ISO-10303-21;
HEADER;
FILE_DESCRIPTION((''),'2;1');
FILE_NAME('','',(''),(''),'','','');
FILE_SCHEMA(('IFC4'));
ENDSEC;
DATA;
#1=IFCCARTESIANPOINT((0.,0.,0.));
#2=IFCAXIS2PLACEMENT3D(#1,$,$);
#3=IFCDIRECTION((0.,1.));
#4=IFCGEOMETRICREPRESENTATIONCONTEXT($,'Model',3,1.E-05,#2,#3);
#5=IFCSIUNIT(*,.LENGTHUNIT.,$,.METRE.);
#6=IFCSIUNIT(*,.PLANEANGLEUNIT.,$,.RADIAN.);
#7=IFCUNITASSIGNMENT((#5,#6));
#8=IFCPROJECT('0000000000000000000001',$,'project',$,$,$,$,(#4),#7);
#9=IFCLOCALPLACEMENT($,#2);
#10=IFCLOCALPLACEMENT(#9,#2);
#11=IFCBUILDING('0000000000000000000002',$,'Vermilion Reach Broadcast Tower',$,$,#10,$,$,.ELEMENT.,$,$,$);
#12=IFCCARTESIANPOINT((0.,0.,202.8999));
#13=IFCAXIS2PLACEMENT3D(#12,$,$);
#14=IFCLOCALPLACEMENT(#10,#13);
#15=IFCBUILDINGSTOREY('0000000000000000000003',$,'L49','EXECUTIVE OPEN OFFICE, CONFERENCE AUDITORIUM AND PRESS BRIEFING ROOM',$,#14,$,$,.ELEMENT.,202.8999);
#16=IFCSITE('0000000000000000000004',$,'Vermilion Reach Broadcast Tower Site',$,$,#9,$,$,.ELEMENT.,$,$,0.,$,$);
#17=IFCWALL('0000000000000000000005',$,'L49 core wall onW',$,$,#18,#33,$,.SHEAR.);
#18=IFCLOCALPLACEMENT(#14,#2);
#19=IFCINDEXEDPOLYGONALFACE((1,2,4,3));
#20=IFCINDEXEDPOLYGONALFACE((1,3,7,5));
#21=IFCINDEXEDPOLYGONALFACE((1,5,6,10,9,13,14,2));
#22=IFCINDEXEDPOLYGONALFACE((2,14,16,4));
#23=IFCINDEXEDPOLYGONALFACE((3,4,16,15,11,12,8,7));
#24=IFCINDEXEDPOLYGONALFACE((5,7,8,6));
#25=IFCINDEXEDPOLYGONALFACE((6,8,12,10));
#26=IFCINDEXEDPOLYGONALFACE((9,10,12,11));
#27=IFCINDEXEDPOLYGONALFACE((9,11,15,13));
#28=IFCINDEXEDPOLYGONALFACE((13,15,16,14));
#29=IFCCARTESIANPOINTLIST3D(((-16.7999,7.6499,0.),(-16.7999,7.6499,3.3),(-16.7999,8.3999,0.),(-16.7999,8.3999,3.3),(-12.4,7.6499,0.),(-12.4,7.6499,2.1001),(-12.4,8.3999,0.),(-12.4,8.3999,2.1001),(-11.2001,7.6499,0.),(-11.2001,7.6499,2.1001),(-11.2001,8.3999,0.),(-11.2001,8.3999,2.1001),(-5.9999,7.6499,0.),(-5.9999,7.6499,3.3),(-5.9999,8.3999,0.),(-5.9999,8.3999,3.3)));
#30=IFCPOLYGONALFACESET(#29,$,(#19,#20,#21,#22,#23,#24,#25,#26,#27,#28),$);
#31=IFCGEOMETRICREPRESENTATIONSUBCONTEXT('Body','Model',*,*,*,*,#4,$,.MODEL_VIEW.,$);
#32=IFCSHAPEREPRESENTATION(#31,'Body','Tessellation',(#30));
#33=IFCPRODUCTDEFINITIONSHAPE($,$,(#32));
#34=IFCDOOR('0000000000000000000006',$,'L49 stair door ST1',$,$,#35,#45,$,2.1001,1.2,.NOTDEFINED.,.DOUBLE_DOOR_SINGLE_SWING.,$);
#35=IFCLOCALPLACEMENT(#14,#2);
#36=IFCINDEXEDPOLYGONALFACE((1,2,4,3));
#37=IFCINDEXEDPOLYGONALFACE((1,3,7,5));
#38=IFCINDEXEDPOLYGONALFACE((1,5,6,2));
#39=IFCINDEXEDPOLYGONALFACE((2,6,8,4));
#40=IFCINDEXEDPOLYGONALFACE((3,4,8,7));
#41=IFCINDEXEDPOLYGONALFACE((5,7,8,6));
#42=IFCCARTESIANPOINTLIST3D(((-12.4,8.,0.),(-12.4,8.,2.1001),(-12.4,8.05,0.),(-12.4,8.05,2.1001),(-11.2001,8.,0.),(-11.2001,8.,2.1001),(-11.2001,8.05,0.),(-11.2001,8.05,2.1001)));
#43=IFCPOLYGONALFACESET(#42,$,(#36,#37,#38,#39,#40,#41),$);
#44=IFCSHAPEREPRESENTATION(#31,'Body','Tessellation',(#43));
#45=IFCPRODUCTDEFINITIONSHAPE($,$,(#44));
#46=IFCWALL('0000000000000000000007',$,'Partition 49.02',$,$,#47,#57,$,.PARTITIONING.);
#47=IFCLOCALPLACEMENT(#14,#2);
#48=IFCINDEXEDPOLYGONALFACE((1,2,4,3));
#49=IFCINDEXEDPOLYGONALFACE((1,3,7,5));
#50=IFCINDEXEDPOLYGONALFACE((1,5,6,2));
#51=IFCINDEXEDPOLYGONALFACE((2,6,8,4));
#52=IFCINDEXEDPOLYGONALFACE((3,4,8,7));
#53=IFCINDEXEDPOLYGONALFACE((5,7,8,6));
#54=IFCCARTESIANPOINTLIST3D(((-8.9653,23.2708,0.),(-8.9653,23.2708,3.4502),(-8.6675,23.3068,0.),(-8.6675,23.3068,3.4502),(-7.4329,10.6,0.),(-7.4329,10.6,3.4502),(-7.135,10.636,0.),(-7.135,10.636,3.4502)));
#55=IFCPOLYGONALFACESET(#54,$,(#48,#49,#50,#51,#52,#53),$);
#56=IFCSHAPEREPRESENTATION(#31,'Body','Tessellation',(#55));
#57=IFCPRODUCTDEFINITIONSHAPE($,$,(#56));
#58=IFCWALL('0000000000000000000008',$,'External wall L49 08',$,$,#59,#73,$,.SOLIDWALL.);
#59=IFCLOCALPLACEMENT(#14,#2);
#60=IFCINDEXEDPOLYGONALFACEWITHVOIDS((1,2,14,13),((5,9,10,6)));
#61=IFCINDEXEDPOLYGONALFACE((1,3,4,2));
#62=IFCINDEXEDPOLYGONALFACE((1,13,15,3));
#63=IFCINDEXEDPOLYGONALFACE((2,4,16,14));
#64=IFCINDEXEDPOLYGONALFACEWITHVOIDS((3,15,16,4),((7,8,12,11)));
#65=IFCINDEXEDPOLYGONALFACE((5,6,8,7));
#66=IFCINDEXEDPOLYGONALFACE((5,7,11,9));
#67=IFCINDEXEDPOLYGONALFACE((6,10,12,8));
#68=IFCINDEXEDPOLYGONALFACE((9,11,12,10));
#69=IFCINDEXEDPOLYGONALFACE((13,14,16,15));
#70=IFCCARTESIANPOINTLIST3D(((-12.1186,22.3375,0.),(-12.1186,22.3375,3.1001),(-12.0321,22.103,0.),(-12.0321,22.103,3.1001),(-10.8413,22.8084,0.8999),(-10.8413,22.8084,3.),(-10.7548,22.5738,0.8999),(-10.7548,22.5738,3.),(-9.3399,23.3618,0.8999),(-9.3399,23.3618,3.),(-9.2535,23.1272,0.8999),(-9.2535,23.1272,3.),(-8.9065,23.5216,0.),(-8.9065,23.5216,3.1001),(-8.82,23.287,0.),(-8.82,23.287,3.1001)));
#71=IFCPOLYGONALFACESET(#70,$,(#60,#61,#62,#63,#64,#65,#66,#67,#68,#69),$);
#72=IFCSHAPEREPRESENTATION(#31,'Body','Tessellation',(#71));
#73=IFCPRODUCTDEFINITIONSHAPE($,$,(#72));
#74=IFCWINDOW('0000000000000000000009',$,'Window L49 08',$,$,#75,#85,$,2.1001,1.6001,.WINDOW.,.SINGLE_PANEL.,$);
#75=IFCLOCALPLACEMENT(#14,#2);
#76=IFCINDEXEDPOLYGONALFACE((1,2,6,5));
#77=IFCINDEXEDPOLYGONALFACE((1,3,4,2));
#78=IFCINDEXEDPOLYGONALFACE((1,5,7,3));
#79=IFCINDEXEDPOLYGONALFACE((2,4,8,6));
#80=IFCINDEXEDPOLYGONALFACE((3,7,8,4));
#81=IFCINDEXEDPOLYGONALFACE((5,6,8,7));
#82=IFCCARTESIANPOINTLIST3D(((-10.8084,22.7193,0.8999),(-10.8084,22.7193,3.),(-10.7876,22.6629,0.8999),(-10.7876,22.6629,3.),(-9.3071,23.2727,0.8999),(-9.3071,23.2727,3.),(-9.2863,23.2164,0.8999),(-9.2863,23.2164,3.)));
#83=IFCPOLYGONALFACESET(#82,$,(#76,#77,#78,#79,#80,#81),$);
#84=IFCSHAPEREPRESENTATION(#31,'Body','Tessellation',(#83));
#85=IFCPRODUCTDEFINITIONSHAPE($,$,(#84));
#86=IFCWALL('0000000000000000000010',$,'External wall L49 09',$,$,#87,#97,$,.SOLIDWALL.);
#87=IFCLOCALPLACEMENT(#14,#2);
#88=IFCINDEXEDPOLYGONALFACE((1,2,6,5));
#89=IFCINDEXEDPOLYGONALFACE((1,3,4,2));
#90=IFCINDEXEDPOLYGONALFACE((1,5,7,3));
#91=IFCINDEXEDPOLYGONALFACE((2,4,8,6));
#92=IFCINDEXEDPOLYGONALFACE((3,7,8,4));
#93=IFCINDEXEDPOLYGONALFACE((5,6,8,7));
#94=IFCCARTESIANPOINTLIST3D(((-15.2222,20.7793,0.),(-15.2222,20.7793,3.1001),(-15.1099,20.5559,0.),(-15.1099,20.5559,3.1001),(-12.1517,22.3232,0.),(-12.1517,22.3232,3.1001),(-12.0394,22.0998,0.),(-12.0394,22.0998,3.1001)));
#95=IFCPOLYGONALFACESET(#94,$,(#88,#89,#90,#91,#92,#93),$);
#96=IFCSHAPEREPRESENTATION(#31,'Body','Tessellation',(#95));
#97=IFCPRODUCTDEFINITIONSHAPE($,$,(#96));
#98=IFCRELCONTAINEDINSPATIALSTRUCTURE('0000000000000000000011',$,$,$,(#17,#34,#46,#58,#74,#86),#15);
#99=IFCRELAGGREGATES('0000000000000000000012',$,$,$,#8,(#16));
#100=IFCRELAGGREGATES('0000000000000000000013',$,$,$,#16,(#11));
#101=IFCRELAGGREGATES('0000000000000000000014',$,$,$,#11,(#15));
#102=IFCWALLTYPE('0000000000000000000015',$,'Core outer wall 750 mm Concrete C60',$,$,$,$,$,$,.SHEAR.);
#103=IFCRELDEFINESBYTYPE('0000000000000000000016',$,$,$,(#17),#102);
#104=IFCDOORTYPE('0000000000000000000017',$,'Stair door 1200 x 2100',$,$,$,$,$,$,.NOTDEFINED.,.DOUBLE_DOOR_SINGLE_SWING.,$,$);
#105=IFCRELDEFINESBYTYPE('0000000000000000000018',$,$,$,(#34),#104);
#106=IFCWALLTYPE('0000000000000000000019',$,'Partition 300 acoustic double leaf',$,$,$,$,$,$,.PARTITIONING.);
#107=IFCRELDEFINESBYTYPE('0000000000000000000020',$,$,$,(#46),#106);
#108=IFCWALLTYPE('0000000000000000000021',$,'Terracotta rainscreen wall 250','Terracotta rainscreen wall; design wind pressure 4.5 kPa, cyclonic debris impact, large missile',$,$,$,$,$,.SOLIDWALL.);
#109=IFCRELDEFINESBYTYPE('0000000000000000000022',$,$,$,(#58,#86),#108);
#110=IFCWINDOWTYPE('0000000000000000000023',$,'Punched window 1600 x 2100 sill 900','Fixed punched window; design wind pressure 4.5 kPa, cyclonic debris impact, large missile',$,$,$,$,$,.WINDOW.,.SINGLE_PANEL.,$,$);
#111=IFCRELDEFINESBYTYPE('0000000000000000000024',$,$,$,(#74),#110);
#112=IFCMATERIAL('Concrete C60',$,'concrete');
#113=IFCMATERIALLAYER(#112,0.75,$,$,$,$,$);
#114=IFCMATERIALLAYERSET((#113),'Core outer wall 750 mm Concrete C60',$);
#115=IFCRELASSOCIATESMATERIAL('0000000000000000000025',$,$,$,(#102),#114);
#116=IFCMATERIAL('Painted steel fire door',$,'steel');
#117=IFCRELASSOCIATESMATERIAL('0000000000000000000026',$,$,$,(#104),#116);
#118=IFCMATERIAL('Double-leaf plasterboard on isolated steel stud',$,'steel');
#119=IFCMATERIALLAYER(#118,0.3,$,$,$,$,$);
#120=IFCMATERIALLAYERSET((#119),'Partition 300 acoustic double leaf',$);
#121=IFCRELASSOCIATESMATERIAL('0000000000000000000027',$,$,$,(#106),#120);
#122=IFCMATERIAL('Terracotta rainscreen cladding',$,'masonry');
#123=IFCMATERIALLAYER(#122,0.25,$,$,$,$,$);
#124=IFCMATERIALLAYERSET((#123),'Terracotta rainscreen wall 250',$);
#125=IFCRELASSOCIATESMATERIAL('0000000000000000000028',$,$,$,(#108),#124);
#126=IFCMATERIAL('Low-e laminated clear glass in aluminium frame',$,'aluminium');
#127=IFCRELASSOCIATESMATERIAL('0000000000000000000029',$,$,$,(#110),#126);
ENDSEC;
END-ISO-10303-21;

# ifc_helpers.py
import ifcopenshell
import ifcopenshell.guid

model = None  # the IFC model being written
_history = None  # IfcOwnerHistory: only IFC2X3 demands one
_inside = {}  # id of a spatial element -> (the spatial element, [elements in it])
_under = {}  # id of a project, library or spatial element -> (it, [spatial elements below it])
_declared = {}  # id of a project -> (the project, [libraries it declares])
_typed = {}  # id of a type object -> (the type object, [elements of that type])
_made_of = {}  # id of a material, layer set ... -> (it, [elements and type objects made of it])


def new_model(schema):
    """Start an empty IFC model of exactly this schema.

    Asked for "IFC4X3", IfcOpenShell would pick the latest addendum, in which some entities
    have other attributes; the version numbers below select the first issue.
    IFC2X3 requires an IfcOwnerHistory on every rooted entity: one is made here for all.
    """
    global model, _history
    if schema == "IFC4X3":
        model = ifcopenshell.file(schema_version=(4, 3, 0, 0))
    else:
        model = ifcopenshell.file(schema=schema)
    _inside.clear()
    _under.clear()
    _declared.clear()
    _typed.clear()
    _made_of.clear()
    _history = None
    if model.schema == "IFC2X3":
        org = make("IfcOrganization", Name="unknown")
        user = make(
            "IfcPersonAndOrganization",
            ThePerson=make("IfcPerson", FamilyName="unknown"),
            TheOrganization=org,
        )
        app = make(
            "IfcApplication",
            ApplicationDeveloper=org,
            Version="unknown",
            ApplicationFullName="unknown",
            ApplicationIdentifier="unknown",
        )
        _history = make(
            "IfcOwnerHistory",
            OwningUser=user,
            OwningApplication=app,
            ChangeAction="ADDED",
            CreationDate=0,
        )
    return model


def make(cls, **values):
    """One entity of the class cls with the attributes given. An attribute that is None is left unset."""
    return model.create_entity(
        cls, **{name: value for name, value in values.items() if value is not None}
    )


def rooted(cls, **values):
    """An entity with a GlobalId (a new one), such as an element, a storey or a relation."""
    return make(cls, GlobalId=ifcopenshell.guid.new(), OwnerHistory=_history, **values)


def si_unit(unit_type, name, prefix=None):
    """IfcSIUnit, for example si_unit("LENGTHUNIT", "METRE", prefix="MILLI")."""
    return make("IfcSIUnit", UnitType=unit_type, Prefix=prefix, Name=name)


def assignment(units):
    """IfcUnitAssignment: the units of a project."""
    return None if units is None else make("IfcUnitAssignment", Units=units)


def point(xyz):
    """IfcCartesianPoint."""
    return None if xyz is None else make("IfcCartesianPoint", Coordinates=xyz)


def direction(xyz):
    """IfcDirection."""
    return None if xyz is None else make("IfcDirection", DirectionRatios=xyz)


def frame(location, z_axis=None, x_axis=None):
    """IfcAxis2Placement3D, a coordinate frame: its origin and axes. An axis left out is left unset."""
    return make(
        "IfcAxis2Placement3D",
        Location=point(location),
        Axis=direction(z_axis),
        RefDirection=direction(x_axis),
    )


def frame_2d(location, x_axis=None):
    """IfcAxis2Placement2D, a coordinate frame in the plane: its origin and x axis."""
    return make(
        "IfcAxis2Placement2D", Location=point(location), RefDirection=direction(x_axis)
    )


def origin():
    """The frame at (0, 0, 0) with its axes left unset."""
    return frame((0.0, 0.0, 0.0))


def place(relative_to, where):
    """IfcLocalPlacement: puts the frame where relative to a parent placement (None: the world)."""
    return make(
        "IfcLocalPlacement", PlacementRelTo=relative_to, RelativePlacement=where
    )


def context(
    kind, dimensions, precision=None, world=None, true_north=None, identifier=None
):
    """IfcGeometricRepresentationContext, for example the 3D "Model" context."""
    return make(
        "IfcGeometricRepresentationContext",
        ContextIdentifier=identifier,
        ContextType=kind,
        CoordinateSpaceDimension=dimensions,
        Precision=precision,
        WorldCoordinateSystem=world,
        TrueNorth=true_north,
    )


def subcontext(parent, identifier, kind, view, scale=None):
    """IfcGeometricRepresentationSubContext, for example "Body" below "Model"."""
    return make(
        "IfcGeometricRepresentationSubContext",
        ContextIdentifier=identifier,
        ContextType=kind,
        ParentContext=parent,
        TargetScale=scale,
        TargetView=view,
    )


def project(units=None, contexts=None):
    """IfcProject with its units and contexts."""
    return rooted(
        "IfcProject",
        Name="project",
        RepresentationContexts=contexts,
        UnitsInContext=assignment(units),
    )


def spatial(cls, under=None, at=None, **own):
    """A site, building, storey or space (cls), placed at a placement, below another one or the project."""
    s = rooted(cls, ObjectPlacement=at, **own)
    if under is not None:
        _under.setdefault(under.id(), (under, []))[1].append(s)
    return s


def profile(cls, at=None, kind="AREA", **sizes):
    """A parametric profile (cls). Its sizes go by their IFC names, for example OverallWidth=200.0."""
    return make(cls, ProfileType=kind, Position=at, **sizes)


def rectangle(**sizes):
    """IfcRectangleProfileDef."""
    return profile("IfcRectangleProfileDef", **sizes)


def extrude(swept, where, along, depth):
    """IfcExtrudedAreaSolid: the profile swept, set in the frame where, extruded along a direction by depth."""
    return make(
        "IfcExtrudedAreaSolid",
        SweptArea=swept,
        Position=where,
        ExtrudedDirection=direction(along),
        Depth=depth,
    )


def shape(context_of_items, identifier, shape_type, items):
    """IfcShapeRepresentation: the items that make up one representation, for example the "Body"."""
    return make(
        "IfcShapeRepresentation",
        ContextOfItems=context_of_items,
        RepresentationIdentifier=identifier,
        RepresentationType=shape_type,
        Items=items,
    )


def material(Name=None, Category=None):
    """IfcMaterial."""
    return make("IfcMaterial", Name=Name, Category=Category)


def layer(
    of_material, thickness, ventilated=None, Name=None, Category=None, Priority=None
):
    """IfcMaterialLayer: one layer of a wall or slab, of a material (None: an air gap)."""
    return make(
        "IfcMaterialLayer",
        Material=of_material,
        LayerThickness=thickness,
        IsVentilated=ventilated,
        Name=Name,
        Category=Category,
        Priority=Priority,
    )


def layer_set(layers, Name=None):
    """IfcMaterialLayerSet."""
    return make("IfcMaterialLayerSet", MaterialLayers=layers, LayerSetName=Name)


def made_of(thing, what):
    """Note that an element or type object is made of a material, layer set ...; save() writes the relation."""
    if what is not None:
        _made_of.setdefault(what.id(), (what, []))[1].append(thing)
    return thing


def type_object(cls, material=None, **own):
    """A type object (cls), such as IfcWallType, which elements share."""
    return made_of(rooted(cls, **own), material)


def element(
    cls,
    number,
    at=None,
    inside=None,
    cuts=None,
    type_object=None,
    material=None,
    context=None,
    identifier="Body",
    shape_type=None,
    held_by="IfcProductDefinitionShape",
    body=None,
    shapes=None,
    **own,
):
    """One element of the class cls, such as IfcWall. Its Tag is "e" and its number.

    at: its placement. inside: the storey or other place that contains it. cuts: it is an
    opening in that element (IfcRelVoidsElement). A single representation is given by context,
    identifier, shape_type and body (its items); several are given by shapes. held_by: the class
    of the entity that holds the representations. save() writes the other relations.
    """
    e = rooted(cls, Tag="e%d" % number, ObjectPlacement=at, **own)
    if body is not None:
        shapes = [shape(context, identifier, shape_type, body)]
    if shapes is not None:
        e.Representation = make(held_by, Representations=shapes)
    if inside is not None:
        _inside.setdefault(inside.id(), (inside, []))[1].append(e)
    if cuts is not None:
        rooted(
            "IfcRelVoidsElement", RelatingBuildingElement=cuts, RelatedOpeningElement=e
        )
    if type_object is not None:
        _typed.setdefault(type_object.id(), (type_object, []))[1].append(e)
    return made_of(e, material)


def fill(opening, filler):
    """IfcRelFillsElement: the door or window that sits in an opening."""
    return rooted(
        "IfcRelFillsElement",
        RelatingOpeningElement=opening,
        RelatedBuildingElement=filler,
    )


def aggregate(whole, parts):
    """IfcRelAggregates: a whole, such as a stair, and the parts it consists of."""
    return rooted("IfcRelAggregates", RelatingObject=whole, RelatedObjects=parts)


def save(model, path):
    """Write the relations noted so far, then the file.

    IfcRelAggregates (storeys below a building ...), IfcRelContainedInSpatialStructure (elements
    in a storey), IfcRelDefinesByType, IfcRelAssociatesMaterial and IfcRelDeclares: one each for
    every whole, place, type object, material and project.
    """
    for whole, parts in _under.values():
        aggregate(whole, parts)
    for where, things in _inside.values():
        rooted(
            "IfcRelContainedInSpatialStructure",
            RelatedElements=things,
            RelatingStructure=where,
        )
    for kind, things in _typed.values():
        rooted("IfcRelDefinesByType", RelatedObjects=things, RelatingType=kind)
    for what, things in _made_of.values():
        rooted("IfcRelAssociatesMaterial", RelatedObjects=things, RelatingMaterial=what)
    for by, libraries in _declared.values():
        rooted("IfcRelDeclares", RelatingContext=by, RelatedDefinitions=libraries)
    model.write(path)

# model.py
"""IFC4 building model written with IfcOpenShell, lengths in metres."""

from ifc_helpers import new_model, si_unit, direction, frame, frame_2d, origin, place, context, subcontext, project, spatial, rectangle, extrude, material, layer, layer_set, type_object, element, fill, save


model = new_model("IFC4")

# Units and contexts
model_context = context("Model", 3, precision=1e-05, world=origin(), true_north=direction((0.0, 1.0)))
body_context = subcontext(model_context, "Body", "Model", "MODEL_VIEW")
ifc_project = project(units=[si_unit("LENGTHUNIT", "METRE"), si_unit("PLANEANGLEUNIT", "RADIAN")], contexts=[model_context])

# Site, building, storey
site_placement = place(None, origin())
site = spatial("IfcSite", under=ifc_project, at=site_placement, Name="Vermilion Reach Broadcast Tower Site", CompositionType="ELEMENT", RefElevation=0.0)
building_placement = place(site_placement, origin())
building = spatial("IfcBuilding", under=site, at=building_placement, Name="Vermilion Reach Broadcast Tower", CompositionType="ELEMENT")
storey_placement = place(building_placement, frame((0.0, 0.0, 202.8999)))
storey = spatial("IfcBuildingStorey", under=building, at=storey_placement, Name="L49", Description="EXECUTIVE OPEN OFFICE, CONFERENCE AUDITORIUM AND PRESS BRIEFING ROOM", CompositionType="ELEMENT", Elevation=202.8999)

# Wall, opening, door
ifc_material_1 = material(Name="Concrete C60", Category="concrete")
ifc_layer_1 = layer(ifc_material_1, 0.75)
ifc_layer_set_1 = layer_set([ifc_layer_1], Name="Core outer wall 750 mm Concrete C60")
wall_type_1 = type_object("IfcWallType", Name="Core outer wall 750 mm Concrete C60", PredefinedType="SHEAR", material=ifc_layer_set_1)
wall_1_placement = place(storey_placement, frame((-6.0, 8.0249, 0.0), z_axis=(0.0, 0.0, 1.0), x_axis=(-1.0, 0.0, 0.0)))
wall_1 = element("IfcWall", 1, at=wall_1_placement, inside=storey, type_object=wall_type_1, Name="L49 core wall onW", PredefinedType="SHEAR", context=body_context, shape_type="SweptSolid", body=[
    extrude(rectangle(XDim=10.8, YDim=0.75, at=frame_2d((5.3999, 0.0))), origin(), (0.0, 0.0, 1.0), 3.3),
])
opening_1_placement = place(wall_1_placement, frame((5.2, 0.0, 0.0)))
opening_1 = element("IfcOpeningElement", 2, at=opening_1_placement, cuts=wall_1, PredefinedType="OPENING", context=body_context, shape_type="SweptSolid", body=[
    extrude(rectangle(XDim=1.2, YDim=2.1001, at=frame_2d((0.6001, 1.05))), frame((0.0, 0.385, 0.0), z_axis=(0.0, -1.0, 0.0), x_axis=(1.0, 0.0, 0.0)), (0.0, 0.0, 1.0), 0.77),
])
ifc_material_2 = material(Name="Painted steel fire door", Category="steel")
door_type_1 = type_object("IfcDoorType", Name="Stair door 1200 x 2100", OperationType="DOUBLE_DOOR_SINGLE_SWING", PredefinedType="NOTDEFINED", material=ifc_material_2)
door_1_placement = place(opening_1_placement, origin())
door_1 = element("IfcDoor", 3, at=door_1_placement, inside=storey, type_object=door_type_1, Name="L49 stair door ST1", OperationType="DOUBLE_DOOR_SINGLE_SWING", OverallHeight=2.1001, OverallWidth=1.2, PredefinedType="NOTDEFINED", context=body_context, shape_type="SweptSolid", body=[
    extrude(rectangle(XDim=1.2, YDim=2.1001, at=frame_2d((0.6001, 1.05))), frame((0.0, 0.0249, 0.0), z_axis=(0.0, -1.0, 0.0), x_axis=(1.0, 0.0, 0.0)), (0.0, 0.0, 1.0), 0.05),
])
fill(opening_1, door_1)

# Wall
ifc_material_3 = material(Name="Double-leaf plasterboard on isolated steel stud", Category="steel")
ifc_layer_2 = layer(ifc_material_3, 0.3)
ifc_layer_set_2 = layer_set([ifc_layer_2], Name="Partition 300 acoustic double leaf")
wall_type_2 = type_object("IfcWallType", Name="Partition 300 acoustic double leaf", PredefinedType="PARTITIONING", material=ifc_layer_set_2)
wall_2_placement = place(storey_placement, frame((-8.8164, 23.2888, 0.0), z_axis=(0.0, 0.0, 1.0), x_axis=(0.120069, -0.992766, 0.0)))
element("IfcWall", 4, at=wall_2_placement, inside=storey, type_object=wall_type_2, Name="Partition 49.02", PredefinedType="PARTITIONING", context=body_context, shape_type="SweptSolid", body=[
    extrude(rectangle(XDim=12.7632, YDim=0.3, at=frame_2d((6.3816, 0.0))), origin(), (0.0, 0.0, 1.0), 3.4502),
])

# Shared definitions
ifc_material_4 = material(Name="Terracotta rainscreen cladding", Category="masonry")
ifc_layer_3 = layer(ifc_material_4, 0.25)
ifc_layer_set_3 = layer_set([ifc_layer_3], Name="Terracotta rainscreen wall 250")
wall_type_3 = type_object("IfcWallType", Name="Terracotta rainscreen wall 250", Description="Terracotta rainscreen wall; design wind pressure 4.5 kPa, cyclonic debris impact, large missile", PredefinedType="SOLIDWALL", material=ifc_layer_set_3)

# Wall, opening, window
wall_3_placement = place(storey_placement, frame((-8.8633, 23.4043, 0.0), z_axis=(0.0, 0.0, 1.0), x_axis=(-0.938281, -0.345874, 0.0)))
wall_3 = element("IfcWall", 5, at=wall_3_placement, inside=storey, type_object=wall_type_3, Name="External wall L49 08", PredefinedType="SOLIDWALL", context=body_context, shape_type="SweptSolid", body=[
    extrude(rectangle(XDim=3.4233, YDim=0.25, at=frame_2d((1.7117, 0.0))), origin(), (0.0, 0.0, 1.0), 3.1001),
])
opening_2_placement = place(wall_3_placement, frame((0.4619, 0.0, 0.8999)))
opening_2 = element("IfcOpeningElement", 6, at=opening_2_placement, cuts=wall_3, PredefinedType="OPENING", context=body_context, shape_type="SweptSolid", body=[
    extrude(rectangle(XDim=1.6001, YDim=2.1001, at=frame_2d((0.8, 1.05))), frame((0.0, 0.135, 0.0), z_axis=(0.0, -1.0, 0.0), x_axis=(1.0, 0.0, 0.0)), (0.0, 0.0, 1.0), 0.27),
])
ifc_material_5 = material(Name="Low-e laminated clear glass in aluminium frame", Category="aluminium")
window_type = type_object("IfcWindowType", Name="Punched window 1600 x 2100 sill 900", Description="Fixed punched window; design wind pressure 4.5 kPa, cyclonic debris impact, large missile", PartitioningType="SINGLE_PANEL", PredefinedType="WINDOW", material=ifc_material_5)
window_placement = place(opening_2_placement, origin())
window = element("IfcWindow", 7, at=window_placement, inside=storey, type_object=window_type, Name="Window L49 08", OverallHeight=2.1001, OverallWidth=1.6001, PartitioningType="SINGLE_PANEL", PredefinedType="WINDOW", context=body_context, shape_type="SweptSolid", body=[
    extrude(rectangle(XDim=1.6001, YDim=2.1001, at=frame_2d((0.8, 1.05))), frame((0.0, 0.03, 0.0), z_axis=(0.0, -1.0, 0.0), x_axis=(1.0, 0.0, 0.0)), (0.0, 0.0, 1.0), 0.0601),
])
fill(opening_2, window)

# Wall
wall_4_placement = place(storey_placement, frame((-12.0957, 22.2114, 0.0), z_axis=(0.0, 0.0, 1.0), x_axis=(-0.893416, -0.44923, 0.0)))
element("IfcWall", 8, at=wall_4_placement, inside=storey, type_object=wall_type_3, Name="External wall L49 09", PredefinedType="SOLIDWALL", context=body_context, shape_type="SweptSolid", body=[
    extrude(rectangle(XDim=3.4368, YDim=0.25, at=frame_2d((1.7183, 0.0))), origin(), (0.0, 0.0, 1.0), 3.1001),
])

save(model, "model.ifc")
